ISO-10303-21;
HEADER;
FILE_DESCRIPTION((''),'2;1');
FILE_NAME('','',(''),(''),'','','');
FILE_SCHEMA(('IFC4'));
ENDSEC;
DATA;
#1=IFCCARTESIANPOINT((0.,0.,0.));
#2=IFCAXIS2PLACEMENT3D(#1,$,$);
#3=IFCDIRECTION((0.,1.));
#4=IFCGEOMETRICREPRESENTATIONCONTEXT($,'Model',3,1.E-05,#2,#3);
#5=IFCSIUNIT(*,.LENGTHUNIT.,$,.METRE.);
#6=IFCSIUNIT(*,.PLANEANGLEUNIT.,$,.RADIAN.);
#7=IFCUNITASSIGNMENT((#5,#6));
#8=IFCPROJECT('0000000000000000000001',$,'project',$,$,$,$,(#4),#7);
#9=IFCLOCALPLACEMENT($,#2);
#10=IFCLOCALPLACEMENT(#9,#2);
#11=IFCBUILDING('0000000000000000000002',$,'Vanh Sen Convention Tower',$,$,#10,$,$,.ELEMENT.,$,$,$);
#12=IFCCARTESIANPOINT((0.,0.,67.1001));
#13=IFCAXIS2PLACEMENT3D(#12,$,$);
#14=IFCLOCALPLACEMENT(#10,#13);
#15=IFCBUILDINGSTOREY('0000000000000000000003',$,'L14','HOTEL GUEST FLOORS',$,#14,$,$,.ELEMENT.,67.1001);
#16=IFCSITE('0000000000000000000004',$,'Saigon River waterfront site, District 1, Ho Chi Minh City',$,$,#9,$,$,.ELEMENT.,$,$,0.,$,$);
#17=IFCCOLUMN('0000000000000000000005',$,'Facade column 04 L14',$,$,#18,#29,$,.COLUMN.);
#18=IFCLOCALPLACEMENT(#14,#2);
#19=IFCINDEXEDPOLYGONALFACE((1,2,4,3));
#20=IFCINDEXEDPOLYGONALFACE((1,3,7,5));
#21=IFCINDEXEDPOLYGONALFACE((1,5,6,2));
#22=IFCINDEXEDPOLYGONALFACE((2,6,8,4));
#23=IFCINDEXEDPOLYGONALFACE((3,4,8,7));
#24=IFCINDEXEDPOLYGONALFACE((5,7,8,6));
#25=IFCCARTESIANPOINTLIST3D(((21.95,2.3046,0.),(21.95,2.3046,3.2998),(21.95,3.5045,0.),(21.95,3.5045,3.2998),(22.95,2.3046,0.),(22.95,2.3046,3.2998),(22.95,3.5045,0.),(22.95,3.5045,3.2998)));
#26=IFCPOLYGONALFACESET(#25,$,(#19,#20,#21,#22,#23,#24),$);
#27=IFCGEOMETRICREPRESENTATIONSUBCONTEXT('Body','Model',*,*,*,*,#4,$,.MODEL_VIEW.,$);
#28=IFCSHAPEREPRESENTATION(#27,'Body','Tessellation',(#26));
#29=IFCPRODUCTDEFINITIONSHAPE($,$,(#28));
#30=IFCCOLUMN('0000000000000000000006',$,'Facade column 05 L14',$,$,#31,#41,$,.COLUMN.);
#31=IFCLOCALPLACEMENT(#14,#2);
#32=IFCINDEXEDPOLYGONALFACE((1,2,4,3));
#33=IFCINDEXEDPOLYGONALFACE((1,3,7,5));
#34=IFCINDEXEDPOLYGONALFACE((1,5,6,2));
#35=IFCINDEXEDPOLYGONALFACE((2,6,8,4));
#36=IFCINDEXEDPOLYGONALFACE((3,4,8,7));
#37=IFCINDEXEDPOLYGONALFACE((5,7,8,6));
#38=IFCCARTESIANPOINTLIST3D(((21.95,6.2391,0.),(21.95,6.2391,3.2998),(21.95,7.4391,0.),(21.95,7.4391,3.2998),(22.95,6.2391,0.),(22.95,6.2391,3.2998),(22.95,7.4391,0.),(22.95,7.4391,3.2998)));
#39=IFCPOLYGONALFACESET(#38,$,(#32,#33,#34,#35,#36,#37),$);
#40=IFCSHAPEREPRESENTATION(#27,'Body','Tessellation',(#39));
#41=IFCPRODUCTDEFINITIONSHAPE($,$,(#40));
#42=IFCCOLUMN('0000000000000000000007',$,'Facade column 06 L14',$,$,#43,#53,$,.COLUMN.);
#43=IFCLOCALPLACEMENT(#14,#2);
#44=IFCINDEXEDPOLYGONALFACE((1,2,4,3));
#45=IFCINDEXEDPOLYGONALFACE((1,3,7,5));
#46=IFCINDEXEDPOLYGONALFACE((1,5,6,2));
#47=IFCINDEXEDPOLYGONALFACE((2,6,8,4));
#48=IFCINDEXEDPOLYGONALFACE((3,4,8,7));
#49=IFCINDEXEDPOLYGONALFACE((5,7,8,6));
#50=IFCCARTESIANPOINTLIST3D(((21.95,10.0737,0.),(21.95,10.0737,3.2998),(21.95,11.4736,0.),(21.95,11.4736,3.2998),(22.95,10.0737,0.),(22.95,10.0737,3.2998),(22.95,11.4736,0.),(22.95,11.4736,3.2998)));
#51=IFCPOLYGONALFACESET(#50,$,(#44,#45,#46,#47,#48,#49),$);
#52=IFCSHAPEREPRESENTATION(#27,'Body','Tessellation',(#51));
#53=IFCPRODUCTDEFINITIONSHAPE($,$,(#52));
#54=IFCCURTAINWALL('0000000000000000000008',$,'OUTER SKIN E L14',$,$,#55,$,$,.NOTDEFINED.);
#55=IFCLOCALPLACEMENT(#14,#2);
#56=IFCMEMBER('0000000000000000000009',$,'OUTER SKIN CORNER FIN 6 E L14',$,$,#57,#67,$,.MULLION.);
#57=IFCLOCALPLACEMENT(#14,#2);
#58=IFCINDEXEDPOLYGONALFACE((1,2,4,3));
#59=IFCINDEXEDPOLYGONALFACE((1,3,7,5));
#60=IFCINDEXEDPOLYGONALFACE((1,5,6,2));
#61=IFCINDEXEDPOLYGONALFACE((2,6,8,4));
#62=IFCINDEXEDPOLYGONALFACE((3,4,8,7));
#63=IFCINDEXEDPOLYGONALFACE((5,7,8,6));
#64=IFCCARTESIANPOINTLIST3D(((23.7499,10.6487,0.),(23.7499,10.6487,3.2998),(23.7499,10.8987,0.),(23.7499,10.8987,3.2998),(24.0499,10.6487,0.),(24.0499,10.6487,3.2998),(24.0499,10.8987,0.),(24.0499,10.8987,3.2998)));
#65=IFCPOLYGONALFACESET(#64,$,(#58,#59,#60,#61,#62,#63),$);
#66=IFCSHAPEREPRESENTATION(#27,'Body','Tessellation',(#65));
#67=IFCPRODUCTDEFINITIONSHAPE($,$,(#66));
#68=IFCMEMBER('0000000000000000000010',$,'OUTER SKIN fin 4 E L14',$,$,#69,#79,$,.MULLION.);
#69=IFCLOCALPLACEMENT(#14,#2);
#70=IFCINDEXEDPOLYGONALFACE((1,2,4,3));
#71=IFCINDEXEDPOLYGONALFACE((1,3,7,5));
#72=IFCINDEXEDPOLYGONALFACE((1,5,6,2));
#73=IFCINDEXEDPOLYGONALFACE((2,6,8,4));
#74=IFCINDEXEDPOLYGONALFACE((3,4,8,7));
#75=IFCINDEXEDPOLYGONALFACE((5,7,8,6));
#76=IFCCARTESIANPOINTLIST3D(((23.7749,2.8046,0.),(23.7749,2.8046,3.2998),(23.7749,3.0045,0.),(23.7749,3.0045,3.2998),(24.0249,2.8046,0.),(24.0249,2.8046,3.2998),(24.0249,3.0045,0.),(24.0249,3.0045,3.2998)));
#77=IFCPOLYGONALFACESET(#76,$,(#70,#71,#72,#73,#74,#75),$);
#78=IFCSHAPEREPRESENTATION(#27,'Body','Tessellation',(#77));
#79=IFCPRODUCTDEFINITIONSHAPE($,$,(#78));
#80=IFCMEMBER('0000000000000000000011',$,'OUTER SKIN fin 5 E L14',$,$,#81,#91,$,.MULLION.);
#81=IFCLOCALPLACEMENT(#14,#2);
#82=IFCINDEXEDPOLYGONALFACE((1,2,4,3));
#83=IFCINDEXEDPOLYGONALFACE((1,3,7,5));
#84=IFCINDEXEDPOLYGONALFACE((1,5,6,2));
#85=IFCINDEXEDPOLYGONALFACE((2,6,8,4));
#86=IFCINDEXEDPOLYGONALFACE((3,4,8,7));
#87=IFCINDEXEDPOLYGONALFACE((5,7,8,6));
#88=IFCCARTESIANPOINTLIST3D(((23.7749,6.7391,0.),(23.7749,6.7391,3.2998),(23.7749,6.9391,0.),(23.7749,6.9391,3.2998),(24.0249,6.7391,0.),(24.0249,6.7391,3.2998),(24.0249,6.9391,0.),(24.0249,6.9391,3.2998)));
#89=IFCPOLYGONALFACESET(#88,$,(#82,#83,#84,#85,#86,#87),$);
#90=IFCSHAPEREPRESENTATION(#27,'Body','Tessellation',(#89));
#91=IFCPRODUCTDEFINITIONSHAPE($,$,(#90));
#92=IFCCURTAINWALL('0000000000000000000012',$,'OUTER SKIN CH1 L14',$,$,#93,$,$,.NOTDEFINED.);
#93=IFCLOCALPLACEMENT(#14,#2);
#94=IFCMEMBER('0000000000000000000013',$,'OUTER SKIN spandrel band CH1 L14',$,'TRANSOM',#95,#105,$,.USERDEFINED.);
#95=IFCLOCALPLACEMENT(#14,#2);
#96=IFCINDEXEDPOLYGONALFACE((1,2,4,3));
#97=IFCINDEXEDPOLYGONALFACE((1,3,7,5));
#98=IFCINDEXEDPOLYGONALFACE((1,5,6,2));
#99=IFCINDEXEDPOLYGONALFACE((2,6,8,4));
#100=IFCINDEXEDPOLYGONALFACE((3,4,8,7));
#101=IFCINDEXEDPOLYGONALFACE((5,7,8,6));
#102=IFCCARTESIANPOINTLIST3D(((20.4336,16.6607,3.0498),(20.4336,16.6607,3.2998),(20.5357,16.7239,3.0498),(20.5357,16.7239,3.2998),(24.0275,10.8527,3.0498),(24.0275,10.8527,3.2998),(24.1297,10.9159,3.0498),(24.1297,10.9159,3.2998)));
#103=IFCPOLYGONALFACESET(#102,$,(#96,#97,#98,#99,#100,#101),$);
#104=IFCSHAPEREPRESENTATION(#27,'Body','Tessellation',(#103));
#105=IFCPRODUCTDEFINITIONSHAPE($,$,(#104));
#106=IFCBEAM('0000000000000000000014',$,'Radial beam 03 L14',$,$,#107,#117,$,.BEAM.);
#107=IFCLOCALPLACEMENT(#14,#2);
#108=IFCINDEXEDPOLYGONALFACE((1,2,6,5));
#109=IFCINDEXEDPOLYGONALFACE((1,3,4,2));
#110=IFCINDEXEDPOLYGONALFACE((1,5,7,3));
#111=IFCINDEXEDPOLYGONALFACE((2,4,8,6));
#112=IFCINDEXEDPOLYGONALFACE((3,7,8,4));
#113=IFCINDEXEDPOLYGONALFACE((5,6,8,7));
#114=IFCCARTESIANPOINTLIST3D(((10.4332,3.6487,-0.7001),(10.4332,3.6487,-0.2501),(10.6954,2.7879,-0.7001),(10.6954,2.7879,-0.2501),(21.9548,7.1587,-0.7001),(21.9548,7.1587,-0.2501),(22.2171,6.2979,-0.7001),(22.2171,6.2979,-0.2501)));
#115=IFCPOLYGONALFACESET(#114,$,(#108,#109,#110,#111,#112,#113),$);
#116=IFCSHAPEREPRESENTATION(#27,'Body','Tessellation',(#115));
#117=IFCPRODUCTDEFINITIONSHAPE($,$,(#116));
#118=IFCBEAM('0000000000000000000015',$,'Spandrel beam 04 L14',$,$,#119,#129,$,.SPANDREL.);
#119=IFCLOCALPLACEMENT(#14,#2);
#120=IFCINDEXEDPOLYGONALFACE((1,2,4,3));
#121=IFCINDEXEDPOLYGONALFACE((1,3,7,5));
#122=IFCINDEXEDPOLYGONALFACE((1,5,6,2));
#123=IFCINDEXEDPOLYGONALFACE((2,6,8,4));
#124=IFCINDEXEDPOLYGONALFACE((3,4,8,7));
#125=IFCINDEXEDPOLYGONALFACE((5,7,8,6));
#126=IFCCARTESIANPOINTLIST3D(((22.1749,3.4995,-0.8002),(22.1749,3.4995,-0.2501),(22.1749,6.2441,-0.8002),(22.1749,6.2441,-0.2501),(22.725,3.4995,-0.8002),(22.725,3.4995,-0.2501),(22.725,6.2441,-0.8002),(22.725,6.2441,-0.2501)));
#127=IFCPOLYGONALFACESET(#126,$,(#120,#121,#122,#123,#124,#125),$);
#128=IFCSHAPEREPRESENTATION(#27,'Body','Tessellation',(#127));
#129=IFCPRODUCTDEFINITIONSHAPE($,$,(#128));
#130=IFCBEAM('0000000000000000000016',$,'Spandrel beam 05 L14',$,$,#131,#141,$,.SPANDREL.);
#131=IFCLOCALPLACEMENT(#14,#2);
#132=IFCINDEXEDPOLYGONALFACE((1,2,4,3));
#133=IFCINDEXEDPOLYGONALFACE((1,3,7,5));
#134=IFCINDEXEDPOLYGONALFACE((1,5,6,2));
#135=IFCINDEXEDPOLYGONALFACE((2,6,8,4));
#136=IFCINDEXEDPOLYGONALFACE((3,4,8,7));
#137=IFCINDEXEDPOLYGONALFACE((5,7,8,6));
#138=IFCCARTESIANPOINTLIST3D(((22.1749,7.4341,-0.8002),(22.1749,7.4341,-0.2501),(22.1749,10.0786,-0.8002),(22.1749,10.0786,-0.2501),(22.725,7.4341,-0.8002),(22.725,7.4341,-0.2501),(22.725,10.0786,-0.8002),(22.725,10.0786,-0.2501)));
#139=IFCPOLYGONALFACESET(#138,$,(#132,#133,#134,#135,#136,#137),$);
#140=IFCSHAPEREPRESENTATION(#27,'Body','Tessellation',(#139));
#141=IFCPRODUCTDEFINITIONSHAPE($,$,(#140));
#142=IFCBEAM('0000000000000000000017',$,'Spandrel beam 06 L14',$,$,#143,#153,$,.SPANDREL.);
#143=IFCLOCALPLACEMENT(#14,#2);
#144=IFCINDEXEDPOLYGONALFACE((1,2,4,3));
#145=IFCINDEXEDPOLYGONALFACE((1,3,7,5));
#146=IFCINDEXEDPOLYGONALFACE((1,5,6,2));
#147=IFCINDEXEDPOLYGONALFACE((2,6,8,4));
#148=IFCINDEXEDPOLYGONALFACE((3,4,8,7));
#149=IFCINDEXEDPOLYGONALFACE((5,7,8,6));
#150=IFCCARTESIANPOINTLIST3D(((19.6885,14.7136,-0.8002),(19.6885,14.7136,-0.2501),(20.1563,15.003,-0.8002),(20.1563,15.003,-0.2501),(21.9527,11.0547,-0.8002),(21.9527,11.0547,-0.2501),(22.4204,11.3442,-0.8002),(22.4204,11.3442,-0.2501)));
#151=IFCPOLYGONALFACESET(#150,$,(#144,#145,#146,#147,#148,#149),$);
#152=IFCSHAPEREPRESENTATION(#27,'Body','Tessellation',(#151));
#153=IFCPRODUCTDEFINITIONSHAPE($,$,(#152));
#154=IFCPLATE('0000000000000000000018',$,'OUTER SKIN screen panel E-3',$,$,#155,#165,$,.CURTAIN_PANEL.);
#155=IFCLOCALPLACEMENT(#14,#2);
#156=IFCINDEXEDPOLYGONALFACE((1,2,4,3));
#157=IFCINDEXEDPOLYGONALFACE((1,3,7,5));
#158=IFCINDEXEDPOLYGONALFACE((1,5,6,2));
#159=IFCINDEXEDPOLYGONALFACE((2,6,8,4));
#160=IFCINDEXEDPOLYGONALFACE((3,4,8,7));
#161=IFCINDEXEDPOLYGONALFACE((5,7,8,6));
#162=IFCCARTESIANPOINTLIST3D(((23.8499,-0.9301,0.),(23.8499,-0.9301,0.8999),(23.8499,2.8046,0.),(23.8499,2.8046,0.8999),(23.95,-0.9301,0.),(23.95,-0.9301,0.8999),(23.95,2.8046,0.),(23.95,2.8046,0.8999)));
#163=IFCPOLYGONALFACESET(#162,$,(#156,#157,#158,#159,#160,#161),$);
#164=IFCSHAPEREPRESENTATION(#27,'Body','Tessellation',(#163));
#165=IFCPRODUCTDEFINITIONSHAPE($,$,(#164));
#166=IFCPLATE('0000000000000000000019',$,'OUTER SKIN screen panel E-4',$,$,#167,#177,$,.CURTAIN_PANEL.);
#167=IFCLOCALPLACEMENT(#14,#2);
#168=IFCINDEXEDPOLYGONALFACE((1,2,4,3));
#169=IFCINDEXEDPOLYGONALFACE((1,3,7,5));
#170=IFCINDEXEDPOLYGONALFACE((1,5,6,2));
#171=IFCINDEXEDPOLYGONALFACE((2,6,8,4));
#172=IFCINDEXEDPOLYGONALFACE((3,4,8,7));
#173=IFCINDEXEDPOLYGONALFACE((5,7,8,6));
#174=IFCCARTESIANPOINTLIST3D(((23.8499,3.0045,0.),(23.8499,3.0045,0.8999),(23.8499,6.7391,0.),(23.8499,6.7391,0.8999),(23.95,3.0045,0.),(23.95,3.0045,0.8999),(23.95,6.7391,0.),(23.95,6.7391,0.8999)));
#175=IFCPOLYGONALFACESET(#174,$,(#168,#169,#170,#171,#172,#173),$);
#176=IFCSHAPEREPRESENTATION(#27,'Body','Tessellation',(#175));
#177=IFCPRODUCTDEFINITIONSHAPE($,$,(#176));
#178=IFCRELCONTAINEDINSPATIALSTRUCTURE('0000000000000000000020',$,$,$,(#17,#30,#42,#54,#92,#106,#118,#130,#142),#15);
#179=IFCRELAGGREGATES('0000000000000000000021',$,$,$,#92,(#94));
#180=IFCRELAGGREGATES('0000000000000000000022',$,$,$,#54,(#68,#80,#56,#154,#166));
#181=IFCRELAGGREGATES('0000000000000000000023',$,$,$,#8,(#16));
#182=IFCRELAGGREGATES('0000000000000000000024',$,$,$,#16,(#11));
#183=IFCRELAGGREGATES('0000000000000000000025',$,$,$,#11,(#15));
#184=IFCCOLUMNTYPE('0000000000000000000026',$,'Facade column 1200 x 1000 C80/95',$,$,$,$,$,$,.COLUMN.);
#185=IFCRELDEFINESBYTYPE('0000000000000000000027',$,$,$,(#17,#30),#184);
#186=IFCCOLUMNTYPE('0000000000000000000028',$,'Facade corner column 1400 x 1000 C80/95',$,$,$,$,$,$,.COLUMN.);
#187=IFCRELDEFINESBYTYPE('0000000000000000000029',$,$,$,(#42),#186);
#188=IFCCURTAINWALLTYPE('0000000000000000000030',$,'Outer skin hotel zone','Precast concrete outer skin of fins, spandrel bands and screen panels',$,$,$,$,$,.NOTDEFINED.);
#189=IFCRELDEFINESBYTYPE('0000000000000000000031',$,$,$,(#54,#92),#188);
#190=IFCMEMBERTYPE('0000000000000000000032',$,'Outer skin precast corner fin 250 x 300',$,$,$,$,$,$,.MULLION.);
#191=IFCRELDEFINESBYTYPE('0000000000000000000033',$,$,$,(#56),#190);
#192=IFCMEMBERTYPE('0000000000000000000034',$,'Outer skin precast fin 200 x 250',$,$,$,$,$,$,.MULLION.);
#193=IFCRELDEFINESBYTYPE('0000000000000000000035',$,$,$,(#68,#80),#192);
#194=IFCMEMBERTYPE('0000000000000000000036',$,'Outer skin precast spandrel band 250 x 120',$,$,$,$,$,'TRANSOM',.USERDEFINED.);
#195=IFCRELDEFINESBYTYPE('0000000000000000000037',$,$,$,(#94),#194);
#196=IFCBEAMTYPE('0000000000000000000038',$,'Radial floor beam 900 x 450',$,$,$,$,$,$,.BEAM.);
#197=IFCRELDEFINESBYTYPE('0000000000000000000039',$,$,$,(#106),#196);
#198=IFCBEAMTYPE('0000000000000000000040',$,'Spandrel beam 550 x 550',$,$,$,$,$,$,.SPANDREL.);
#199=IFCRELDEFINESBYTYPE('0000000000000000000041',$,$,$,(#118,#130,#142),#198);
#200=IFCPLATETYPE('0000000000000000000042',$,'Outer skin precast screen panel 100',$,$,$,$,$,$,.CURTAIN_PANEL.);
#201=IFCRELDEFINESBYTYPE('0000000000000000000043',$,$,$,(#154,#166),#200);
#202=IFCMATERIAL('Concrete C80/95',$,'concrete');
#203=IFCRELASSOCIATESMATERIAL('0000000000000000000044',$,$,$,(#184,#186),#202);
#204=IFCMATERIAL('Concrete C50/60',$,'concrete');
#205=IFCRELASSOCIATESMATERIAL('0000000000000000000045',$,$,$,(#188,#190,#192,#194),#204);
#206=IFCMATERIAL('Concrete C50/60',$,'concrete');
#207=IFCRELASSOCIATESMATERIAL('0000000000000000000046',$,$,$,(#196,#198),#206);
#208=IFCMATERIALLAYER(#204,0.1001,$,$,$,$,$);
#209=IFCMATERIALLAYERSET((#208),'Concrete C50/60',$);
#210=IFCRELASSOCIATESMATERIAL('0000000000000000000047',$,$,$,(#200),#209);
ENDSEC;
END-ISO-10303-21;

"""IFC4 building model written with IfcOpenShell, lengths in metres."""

from ifc_helpers import new_model, si_unit, direction, frame, origin, origin_2d, place, context, subcontext, project, spatial, rectangle, extrude, material, layer, layer_set, material_profile, profile_set, type_object, element, aggregate, save


model = new_model("IFC4")

# Units and contexts
model_context = context("Model", 3, precision=1e-05, world=origin(), true_north=direction((0.0, 1.0)))
body_context = subcontext(model_context, "Body", "Model", "MODEL_VIEW")
ifc_project = project(units=[si_unit("LENGTHUNIT", "METRE"), si_unit("PLANEANGLEUNIT", "RADIAN")], contexts=[model_context])

# Site, building, storey
site_placement = place(None, origin())
site = spatial("IfcSite", under=ifc_project, at=site_placement, Name="Saigon River waterfront site, District 1, Ho Chi Minh City", CompositionType="ELEMENT", RefElevation=0.0)
building_placement = place(site_placement, origin())
building = spatial("IfcBuilding", under=site, at=building_placement, Name="Vanh Sen Convention Tower", CompositionType="ELEMENT")
storey_placement = place(building_placement, frame((0.0, 0.0, 67.1001)))
storey = spatial("IfcBuildingStorey", under=building, at=storey_placement, Name="L14", Description="HOTEL GUEST FLOORS", CompositionType="ELEMENT", Elevation=67.1001)

# Columns
ifc_material_1 = material(Name="Concrete C80/95", Category="concrete")
ifc_material_profile_1 = material_profile(ifc_material_1, rectangle(XDim=1.2, YDim=1.0, at=origin_2d()), Name="RC 1200X1000")
ifc_profile_set_1 = profile_set([ifc_material_profile_1], Name="Concrete C80/95")
column_type_1 = type_object("IfcColumnType", Name="Facade column 1200 x 1000 C80/95", PredefinedType="COLUMN", material=ifc_profile_set_1)
for number, where, z_axis, x_axis, name in (
    (1, (22.45, 2.9045, 0.0), (0.0, 0.0, 1.0), (0.0, 1.0, 0.0), "Facade column 04 L14"),
    (2, (22.45, 6.8391, 0.0), (0.0, 0.0, 1.0), (0.0, 1.0, 0.0), "Facade column 05 L14"),
):
    element("IfcColumn", number, at=place(storey_placement, frame(where, z_axis=z_axis, x_axis=x_axis)), inside=storey, type_object=column_type_1, Name=name, PredefinedType="COLUMN", context=body_context, shape_type="SweptSolid", body=[
        extrude(rectangle(XDim=1.2, YDim=1.0, at=origin_2d()), origin(), (0.0, 0.0, 1.0), 3.2998),
    ])
ifc_material_profile_2 = material_profile(ifc_material_1, rectangle(XDim=1.3999, YDim=1.0, at=origin_2d()), Name="RC 1400X1000")
ifc_profile_set_2 = profile_set([ifc_material_profile_2], Name="Concrete C80/95")
column_type_2 = type_object("IfcColumnType", Name="Facade corner column 1400 x 1000 C80/95", PredefinedType="COLUMN", material=ifc_profile_set_2)
column_placement = place(storey_placement, frame((22.45, 10.7737, 0.0), z_axis=(0.0, 0.0, 1.0), x_axis=(0.0, 1.0, 0.0)))
element("IfcColumn", 3, at=column_placement, inside=storey, type_object=column_type_2, Name="Facade column 06 L14", PredefinedType="COLUMN", context=body_context, shape_type="SweptSolid", body=[
    extrude(rectangle(XDim=1.3999, YDim=1.0, at=origin_2d()), origin(), (0.0, 0.0, 1.0), 3.2998),
])

# Curtain wall, members
ifc_material_2 = material(Name="Concrete C50/60", Category="concrete")
curtain_wall_type = type_object("IfcCurtainWallType", Name="Outer skin hotel zone", Description="Precast concrete outer skin of fins, spandrel bands and screen panels", PredefinedType="NOTDEFINED", material=ifc_material_2)
curtain_wall_1_placement = place(storey_placement, origin())
curtain_wall_1 = element("IfcCurtainWall", 4, at=curtain_wall_1_placement, inside=storey, type_object=curtain_wall_type, Name="OUTER SKIN E L14", PredefinedType="NOTDEFINED")
ifc_material_profile_3 = material_profile(ifc_material_2, rectangle(XDim=0.25, YDim=0.3, at=origin_2d()), Name="Outer skin precast corner fin 250 x 300")
ifc_profile_set_3 = profile_set([ifc_material_profile_3], Name="Concrete C50/60")
member_type_1 = type_object("IfcMemberType", Name="Outer skin precast corner fin 250 x 300", PredefinedType="MULLION", material=ifc_profile_set_3)
member_1_placement = place(storey_placement, frame((23.8999, 10.7737, 0.0), z_axis=(0.0, 0.0, 1.0), x_axis=(0.0, 1.0, 0.0)))
member_1 = element("IfcMember", 5, at=member_1_placement, type_object=member_type_1, Name="OUTER SKIN CORNER FIN 6 E L14", PredefinedType="MULLION", context=body_context, shape_type="SweptSolid", body=[
    extrude(rectangle(XDim=0.25, YDim=0.3, at=origin_2d()), origin(), (0.0, 0.0, 1.0), 3.2998),
])
ifc_material_profile_4 = material_profile(ifc_material_2, rectangle(XDim=0.2, YDim=0.25, at=origin_2d()), Name="Outer skin precast fin 200 x 250")
ifc_profile_set_4 = profile_set([ifc_material_profile_4], Name="Concrete C50/60")
member_type_2 = type_object("IfcMemberType", Name="Outer skin precast fin 200 x 250", PredefinedType="MULLION", material=ifc_profile_set_4)
member_2_placement = place(storey_placement, frame((23.8999, 2.9045, 0.0), z_axis=(0.0, 0.0, 1.0), x_axis=(0.0, 1.0, 0.0)))
member_2 = element("IfcMember", 6, at=member_2_placement, type_object=member_type_2, Name="OUTER SKIN fin 4 E L14", PredefinedType="MULLION", context=body_context, shape_type="SweptSolid", body=[
    extrude(rectangle(XDim=0.2, YDim=0.25, at=origin_2d()), origin(), (0.0, 0.0, 1.0), 3.2998),
])
member_3_placement = place(storey_placement, frame((23.8999, 6.8391, 0.0), z_axis=(0.0, 0.0, 1.0), x_axis=(0.0, 1.0, 0.0)))
member_3 = element("IfcMember", 7, at=member_3_placement, type_object=member_type_2, Name="OUTER SKIN fin 5 E L14", PredefinedType="MULLION", context=body_context, shape_type="SweptSolid", body=[
    extrude(rectangle(XDim=0.2, YDim=0.25, at=origin_2d()), origin(), (0.0, 0.0, 1.0), 3.2998),
])

# Curtain wall, member
curtain_wall_2_placement = place(storey_placement, origin())
curtain_wall_2 = element("IfcCurtainWall", 8, at=curtain_wall_2_placement, inside=storey, type_object=curtain_wall_type, Name="OUTER SKIN CH1 L14", PredefinedType="NOTDEFINED")
ifc_material_profile_5 = material_profile(ifc_material_2, rectangle(XDim=0.1201, YDim=0.25, at=origin_2d()), Name="Outer skin precast spandrel band 250 x 120")
ifc_profile_set_5 = profile_set([ifc_material_profile_5], Name="Concrete C50/60")
member_type_3 = type_object("IfcMemberType", Name="Outer skin precast spandrel band 250 x 120", ElementType="TRANSOM", PredefinedType="USERDEFINED", material=ifc_profile_set_5)
member_4_placement = place(storey_placement, frame((24.0786, 10.8843, 3.1748), z_axis=(-0.526196, 0.850363, 0.0), x_axis=(-0.850363, -0.526196, 0.0)))
member_4 = element("IfcMember", 9, at=member_4_placement, type_object=member_type_3, Name="OUTER SKIN spandrel band CH1 L14", ObjectType="TRANSOM", PredefinedType="USERDEFINED", context=body_context, shape_type="SweptSolid", body=[
    extrude(rectangle(XDim=0.1201, YDim=0.25, at=origin_2d()), origin(), (0.0, 0.0, 1.0), 6.8301),
])
aggregate(curtain_wall_2, [member_4])

# Beams
ifc_material_3 = material(Name="Concrete C50/60", Category="concrete")
ifc_material_profile_6 = material_profile(ifc_material_3, rectangle(XDim=0.8999, YDim=0.45, at=origin_2d()), Name="RC 900X450")
ifc_profile_set_6 = profile_set([ifc_material_profile_6], Name="Concrete C50/60")
beam_type_1 = type_object("IfcBeamType", Name="Radial floor beam 900 x 450", PredefinedType="BEAM", material=ifc_profile_set_6)
beam_1_placement = place(storey_placement, frame((22.0859, 6.7283, -0.4751), z_axis=(-0.956595, -0.29142, 0.0), x_axis=(0.29142, -0.956595, 0.0)))
element("IfcBeam", 10, at=beam_1_placement, inside=storey, type_object=beam_type_1, Name="Radial beam 03 L14", PredefinedType="BEAM", context=body_context, shape_type="SweptSolid", body=[
    extrude(rectangle(XDim=0.8999, YDim=0.45, at=origin_2d()), origin(), (0.0, 0.0, 1.0), 12.0444),
])
ifc_material_profile_7 = material_profile(ifc_material_3, rectangle(XDim=0.55, YDim=0.55, at=origin_2d()), Name="RC 550X550")
ifc_profile_set_7 = profile_set([ifc_material_profile_7], Name="Concrete C50/60")
beam_type_2 = type_object("IfcBeamType", Name="Spandrel beam 550 x 550", PredefinedType="SPANDREL", material=ifc_profile_set_7)
beam_2_placement = place(storey_placement, frame((22.45, 3.4995, -0.5251), z_axis=(0.0, 1.0, 0.0), x_axis=(-1.0, 0.0, 0.0)))
element("IfcBeam", 11, at=beam_2_placement, inside=storey, type_object=beam_type_2, Name="Spandrel beam 04 L14", PredefinedType="SPANDREL", context=body_context, shape_type="SweptSolid", body=[
    extrude(rectangle(XDim=0.55, YDim=0.55, at=origin_2d()), origin(), (0.0, 0.0, 1.0), 2.7446),
])
beam_3_placement = place(storey_placement, frame((22.45, 7.4341, -0.5251), z_axis=(0.0, 1.0, 0.0), x_axis=(-1.0, 0.0, 0.0)))
element("IfcBeam", 12, at=beam_3_placement, inside=storey, type_object=beam_type_2, Name="Spandrel beam 05 L14", PredefinedType="SPANDREL", context=body_context, shape_type="SweptSolid", body=[
    extrude(rectangle(XDim=0.55, YDim=0.55, at=origin_2d()), origin(), (0.0, 0.0, 1.0), 2.6445),
])
beam_4_placement = place(storey_placement, frame((22.1865, 11.1995, -0.5251), z_axis=(-0.526204, 0.850358, 0.0), x_axis=(-0.850358, -0.526204, 0.0)))
element("IfcBeam", 13, at=beam_4_placement, inside=storey, type_object=beam_type_2, Name="Spandrel beam 06 L14", PredefinedType="SPANDREL", context=body_context, shape_type="SweptSolid", body=[
    extrude(rectangle(XDim=0.55, YDim=0.55, at=origin_2d()), origin(), (0.0, 0.0, 1.0), 4.3027),
])

# Plates
ifc_layer_1 = layer(ifc_material_2, 0.1001)
ifc_layer_set_1 = layer_set([ifc_layer_1], Name="Concrete C50/60")
plate_type = type_object("IfcPlateType", Name="Outer skin precast screen panel 100", PredefinedType="CURTAIN_PANEL", material=ifc_layer_set_1)
plate_1_placement = place(storey_placement, frame((23.8999, 0.9373, 0.0), z_axis=(0.0, 0.0, 1.0), x_axis=(0.0, 1.0, 0.0)))
plate_1 = element("IfcPlate", 14, at=plate_1_placement, type_object=plate_type, Name="OUTER SKIN screen panel E-3", PredefinedType="CURTAIN_PANEL", context=body_context, shape_type="SweptSolid", body=[
    extrude(rectangle(XDim=3.7346, YDim=0.1001, at=origin_2d()), origin(), (0.0, 0.0, 1.0), 0.8999),
])
plate_2_placement = place(storey_placement, frame((23.8999, 4.8718, 0.0), z_axis=(0.0, 0.0, 1.0), x_axis=(0.0, 1.0, 0.0)))
plate_2 = element("IfcPlate", 15, at=plate_2_placement, type_object=plate_type, Name="OUTER SKIN screen panel E-4", PredefinedType="CURTAIN_PANEL", context=body_context, shape_type="SweptSolid", body=[
    extrude(rectangle(XDim=3.7346, YDim=0.1001, at=origin_2d()), origin(), (0.0, 0.0, 1.0), 0.8999),
])
aggregate(curtain_wall_1, [member_2, member_3, member_1, plate_1, plate_2])

save(model, "model.ifc")
